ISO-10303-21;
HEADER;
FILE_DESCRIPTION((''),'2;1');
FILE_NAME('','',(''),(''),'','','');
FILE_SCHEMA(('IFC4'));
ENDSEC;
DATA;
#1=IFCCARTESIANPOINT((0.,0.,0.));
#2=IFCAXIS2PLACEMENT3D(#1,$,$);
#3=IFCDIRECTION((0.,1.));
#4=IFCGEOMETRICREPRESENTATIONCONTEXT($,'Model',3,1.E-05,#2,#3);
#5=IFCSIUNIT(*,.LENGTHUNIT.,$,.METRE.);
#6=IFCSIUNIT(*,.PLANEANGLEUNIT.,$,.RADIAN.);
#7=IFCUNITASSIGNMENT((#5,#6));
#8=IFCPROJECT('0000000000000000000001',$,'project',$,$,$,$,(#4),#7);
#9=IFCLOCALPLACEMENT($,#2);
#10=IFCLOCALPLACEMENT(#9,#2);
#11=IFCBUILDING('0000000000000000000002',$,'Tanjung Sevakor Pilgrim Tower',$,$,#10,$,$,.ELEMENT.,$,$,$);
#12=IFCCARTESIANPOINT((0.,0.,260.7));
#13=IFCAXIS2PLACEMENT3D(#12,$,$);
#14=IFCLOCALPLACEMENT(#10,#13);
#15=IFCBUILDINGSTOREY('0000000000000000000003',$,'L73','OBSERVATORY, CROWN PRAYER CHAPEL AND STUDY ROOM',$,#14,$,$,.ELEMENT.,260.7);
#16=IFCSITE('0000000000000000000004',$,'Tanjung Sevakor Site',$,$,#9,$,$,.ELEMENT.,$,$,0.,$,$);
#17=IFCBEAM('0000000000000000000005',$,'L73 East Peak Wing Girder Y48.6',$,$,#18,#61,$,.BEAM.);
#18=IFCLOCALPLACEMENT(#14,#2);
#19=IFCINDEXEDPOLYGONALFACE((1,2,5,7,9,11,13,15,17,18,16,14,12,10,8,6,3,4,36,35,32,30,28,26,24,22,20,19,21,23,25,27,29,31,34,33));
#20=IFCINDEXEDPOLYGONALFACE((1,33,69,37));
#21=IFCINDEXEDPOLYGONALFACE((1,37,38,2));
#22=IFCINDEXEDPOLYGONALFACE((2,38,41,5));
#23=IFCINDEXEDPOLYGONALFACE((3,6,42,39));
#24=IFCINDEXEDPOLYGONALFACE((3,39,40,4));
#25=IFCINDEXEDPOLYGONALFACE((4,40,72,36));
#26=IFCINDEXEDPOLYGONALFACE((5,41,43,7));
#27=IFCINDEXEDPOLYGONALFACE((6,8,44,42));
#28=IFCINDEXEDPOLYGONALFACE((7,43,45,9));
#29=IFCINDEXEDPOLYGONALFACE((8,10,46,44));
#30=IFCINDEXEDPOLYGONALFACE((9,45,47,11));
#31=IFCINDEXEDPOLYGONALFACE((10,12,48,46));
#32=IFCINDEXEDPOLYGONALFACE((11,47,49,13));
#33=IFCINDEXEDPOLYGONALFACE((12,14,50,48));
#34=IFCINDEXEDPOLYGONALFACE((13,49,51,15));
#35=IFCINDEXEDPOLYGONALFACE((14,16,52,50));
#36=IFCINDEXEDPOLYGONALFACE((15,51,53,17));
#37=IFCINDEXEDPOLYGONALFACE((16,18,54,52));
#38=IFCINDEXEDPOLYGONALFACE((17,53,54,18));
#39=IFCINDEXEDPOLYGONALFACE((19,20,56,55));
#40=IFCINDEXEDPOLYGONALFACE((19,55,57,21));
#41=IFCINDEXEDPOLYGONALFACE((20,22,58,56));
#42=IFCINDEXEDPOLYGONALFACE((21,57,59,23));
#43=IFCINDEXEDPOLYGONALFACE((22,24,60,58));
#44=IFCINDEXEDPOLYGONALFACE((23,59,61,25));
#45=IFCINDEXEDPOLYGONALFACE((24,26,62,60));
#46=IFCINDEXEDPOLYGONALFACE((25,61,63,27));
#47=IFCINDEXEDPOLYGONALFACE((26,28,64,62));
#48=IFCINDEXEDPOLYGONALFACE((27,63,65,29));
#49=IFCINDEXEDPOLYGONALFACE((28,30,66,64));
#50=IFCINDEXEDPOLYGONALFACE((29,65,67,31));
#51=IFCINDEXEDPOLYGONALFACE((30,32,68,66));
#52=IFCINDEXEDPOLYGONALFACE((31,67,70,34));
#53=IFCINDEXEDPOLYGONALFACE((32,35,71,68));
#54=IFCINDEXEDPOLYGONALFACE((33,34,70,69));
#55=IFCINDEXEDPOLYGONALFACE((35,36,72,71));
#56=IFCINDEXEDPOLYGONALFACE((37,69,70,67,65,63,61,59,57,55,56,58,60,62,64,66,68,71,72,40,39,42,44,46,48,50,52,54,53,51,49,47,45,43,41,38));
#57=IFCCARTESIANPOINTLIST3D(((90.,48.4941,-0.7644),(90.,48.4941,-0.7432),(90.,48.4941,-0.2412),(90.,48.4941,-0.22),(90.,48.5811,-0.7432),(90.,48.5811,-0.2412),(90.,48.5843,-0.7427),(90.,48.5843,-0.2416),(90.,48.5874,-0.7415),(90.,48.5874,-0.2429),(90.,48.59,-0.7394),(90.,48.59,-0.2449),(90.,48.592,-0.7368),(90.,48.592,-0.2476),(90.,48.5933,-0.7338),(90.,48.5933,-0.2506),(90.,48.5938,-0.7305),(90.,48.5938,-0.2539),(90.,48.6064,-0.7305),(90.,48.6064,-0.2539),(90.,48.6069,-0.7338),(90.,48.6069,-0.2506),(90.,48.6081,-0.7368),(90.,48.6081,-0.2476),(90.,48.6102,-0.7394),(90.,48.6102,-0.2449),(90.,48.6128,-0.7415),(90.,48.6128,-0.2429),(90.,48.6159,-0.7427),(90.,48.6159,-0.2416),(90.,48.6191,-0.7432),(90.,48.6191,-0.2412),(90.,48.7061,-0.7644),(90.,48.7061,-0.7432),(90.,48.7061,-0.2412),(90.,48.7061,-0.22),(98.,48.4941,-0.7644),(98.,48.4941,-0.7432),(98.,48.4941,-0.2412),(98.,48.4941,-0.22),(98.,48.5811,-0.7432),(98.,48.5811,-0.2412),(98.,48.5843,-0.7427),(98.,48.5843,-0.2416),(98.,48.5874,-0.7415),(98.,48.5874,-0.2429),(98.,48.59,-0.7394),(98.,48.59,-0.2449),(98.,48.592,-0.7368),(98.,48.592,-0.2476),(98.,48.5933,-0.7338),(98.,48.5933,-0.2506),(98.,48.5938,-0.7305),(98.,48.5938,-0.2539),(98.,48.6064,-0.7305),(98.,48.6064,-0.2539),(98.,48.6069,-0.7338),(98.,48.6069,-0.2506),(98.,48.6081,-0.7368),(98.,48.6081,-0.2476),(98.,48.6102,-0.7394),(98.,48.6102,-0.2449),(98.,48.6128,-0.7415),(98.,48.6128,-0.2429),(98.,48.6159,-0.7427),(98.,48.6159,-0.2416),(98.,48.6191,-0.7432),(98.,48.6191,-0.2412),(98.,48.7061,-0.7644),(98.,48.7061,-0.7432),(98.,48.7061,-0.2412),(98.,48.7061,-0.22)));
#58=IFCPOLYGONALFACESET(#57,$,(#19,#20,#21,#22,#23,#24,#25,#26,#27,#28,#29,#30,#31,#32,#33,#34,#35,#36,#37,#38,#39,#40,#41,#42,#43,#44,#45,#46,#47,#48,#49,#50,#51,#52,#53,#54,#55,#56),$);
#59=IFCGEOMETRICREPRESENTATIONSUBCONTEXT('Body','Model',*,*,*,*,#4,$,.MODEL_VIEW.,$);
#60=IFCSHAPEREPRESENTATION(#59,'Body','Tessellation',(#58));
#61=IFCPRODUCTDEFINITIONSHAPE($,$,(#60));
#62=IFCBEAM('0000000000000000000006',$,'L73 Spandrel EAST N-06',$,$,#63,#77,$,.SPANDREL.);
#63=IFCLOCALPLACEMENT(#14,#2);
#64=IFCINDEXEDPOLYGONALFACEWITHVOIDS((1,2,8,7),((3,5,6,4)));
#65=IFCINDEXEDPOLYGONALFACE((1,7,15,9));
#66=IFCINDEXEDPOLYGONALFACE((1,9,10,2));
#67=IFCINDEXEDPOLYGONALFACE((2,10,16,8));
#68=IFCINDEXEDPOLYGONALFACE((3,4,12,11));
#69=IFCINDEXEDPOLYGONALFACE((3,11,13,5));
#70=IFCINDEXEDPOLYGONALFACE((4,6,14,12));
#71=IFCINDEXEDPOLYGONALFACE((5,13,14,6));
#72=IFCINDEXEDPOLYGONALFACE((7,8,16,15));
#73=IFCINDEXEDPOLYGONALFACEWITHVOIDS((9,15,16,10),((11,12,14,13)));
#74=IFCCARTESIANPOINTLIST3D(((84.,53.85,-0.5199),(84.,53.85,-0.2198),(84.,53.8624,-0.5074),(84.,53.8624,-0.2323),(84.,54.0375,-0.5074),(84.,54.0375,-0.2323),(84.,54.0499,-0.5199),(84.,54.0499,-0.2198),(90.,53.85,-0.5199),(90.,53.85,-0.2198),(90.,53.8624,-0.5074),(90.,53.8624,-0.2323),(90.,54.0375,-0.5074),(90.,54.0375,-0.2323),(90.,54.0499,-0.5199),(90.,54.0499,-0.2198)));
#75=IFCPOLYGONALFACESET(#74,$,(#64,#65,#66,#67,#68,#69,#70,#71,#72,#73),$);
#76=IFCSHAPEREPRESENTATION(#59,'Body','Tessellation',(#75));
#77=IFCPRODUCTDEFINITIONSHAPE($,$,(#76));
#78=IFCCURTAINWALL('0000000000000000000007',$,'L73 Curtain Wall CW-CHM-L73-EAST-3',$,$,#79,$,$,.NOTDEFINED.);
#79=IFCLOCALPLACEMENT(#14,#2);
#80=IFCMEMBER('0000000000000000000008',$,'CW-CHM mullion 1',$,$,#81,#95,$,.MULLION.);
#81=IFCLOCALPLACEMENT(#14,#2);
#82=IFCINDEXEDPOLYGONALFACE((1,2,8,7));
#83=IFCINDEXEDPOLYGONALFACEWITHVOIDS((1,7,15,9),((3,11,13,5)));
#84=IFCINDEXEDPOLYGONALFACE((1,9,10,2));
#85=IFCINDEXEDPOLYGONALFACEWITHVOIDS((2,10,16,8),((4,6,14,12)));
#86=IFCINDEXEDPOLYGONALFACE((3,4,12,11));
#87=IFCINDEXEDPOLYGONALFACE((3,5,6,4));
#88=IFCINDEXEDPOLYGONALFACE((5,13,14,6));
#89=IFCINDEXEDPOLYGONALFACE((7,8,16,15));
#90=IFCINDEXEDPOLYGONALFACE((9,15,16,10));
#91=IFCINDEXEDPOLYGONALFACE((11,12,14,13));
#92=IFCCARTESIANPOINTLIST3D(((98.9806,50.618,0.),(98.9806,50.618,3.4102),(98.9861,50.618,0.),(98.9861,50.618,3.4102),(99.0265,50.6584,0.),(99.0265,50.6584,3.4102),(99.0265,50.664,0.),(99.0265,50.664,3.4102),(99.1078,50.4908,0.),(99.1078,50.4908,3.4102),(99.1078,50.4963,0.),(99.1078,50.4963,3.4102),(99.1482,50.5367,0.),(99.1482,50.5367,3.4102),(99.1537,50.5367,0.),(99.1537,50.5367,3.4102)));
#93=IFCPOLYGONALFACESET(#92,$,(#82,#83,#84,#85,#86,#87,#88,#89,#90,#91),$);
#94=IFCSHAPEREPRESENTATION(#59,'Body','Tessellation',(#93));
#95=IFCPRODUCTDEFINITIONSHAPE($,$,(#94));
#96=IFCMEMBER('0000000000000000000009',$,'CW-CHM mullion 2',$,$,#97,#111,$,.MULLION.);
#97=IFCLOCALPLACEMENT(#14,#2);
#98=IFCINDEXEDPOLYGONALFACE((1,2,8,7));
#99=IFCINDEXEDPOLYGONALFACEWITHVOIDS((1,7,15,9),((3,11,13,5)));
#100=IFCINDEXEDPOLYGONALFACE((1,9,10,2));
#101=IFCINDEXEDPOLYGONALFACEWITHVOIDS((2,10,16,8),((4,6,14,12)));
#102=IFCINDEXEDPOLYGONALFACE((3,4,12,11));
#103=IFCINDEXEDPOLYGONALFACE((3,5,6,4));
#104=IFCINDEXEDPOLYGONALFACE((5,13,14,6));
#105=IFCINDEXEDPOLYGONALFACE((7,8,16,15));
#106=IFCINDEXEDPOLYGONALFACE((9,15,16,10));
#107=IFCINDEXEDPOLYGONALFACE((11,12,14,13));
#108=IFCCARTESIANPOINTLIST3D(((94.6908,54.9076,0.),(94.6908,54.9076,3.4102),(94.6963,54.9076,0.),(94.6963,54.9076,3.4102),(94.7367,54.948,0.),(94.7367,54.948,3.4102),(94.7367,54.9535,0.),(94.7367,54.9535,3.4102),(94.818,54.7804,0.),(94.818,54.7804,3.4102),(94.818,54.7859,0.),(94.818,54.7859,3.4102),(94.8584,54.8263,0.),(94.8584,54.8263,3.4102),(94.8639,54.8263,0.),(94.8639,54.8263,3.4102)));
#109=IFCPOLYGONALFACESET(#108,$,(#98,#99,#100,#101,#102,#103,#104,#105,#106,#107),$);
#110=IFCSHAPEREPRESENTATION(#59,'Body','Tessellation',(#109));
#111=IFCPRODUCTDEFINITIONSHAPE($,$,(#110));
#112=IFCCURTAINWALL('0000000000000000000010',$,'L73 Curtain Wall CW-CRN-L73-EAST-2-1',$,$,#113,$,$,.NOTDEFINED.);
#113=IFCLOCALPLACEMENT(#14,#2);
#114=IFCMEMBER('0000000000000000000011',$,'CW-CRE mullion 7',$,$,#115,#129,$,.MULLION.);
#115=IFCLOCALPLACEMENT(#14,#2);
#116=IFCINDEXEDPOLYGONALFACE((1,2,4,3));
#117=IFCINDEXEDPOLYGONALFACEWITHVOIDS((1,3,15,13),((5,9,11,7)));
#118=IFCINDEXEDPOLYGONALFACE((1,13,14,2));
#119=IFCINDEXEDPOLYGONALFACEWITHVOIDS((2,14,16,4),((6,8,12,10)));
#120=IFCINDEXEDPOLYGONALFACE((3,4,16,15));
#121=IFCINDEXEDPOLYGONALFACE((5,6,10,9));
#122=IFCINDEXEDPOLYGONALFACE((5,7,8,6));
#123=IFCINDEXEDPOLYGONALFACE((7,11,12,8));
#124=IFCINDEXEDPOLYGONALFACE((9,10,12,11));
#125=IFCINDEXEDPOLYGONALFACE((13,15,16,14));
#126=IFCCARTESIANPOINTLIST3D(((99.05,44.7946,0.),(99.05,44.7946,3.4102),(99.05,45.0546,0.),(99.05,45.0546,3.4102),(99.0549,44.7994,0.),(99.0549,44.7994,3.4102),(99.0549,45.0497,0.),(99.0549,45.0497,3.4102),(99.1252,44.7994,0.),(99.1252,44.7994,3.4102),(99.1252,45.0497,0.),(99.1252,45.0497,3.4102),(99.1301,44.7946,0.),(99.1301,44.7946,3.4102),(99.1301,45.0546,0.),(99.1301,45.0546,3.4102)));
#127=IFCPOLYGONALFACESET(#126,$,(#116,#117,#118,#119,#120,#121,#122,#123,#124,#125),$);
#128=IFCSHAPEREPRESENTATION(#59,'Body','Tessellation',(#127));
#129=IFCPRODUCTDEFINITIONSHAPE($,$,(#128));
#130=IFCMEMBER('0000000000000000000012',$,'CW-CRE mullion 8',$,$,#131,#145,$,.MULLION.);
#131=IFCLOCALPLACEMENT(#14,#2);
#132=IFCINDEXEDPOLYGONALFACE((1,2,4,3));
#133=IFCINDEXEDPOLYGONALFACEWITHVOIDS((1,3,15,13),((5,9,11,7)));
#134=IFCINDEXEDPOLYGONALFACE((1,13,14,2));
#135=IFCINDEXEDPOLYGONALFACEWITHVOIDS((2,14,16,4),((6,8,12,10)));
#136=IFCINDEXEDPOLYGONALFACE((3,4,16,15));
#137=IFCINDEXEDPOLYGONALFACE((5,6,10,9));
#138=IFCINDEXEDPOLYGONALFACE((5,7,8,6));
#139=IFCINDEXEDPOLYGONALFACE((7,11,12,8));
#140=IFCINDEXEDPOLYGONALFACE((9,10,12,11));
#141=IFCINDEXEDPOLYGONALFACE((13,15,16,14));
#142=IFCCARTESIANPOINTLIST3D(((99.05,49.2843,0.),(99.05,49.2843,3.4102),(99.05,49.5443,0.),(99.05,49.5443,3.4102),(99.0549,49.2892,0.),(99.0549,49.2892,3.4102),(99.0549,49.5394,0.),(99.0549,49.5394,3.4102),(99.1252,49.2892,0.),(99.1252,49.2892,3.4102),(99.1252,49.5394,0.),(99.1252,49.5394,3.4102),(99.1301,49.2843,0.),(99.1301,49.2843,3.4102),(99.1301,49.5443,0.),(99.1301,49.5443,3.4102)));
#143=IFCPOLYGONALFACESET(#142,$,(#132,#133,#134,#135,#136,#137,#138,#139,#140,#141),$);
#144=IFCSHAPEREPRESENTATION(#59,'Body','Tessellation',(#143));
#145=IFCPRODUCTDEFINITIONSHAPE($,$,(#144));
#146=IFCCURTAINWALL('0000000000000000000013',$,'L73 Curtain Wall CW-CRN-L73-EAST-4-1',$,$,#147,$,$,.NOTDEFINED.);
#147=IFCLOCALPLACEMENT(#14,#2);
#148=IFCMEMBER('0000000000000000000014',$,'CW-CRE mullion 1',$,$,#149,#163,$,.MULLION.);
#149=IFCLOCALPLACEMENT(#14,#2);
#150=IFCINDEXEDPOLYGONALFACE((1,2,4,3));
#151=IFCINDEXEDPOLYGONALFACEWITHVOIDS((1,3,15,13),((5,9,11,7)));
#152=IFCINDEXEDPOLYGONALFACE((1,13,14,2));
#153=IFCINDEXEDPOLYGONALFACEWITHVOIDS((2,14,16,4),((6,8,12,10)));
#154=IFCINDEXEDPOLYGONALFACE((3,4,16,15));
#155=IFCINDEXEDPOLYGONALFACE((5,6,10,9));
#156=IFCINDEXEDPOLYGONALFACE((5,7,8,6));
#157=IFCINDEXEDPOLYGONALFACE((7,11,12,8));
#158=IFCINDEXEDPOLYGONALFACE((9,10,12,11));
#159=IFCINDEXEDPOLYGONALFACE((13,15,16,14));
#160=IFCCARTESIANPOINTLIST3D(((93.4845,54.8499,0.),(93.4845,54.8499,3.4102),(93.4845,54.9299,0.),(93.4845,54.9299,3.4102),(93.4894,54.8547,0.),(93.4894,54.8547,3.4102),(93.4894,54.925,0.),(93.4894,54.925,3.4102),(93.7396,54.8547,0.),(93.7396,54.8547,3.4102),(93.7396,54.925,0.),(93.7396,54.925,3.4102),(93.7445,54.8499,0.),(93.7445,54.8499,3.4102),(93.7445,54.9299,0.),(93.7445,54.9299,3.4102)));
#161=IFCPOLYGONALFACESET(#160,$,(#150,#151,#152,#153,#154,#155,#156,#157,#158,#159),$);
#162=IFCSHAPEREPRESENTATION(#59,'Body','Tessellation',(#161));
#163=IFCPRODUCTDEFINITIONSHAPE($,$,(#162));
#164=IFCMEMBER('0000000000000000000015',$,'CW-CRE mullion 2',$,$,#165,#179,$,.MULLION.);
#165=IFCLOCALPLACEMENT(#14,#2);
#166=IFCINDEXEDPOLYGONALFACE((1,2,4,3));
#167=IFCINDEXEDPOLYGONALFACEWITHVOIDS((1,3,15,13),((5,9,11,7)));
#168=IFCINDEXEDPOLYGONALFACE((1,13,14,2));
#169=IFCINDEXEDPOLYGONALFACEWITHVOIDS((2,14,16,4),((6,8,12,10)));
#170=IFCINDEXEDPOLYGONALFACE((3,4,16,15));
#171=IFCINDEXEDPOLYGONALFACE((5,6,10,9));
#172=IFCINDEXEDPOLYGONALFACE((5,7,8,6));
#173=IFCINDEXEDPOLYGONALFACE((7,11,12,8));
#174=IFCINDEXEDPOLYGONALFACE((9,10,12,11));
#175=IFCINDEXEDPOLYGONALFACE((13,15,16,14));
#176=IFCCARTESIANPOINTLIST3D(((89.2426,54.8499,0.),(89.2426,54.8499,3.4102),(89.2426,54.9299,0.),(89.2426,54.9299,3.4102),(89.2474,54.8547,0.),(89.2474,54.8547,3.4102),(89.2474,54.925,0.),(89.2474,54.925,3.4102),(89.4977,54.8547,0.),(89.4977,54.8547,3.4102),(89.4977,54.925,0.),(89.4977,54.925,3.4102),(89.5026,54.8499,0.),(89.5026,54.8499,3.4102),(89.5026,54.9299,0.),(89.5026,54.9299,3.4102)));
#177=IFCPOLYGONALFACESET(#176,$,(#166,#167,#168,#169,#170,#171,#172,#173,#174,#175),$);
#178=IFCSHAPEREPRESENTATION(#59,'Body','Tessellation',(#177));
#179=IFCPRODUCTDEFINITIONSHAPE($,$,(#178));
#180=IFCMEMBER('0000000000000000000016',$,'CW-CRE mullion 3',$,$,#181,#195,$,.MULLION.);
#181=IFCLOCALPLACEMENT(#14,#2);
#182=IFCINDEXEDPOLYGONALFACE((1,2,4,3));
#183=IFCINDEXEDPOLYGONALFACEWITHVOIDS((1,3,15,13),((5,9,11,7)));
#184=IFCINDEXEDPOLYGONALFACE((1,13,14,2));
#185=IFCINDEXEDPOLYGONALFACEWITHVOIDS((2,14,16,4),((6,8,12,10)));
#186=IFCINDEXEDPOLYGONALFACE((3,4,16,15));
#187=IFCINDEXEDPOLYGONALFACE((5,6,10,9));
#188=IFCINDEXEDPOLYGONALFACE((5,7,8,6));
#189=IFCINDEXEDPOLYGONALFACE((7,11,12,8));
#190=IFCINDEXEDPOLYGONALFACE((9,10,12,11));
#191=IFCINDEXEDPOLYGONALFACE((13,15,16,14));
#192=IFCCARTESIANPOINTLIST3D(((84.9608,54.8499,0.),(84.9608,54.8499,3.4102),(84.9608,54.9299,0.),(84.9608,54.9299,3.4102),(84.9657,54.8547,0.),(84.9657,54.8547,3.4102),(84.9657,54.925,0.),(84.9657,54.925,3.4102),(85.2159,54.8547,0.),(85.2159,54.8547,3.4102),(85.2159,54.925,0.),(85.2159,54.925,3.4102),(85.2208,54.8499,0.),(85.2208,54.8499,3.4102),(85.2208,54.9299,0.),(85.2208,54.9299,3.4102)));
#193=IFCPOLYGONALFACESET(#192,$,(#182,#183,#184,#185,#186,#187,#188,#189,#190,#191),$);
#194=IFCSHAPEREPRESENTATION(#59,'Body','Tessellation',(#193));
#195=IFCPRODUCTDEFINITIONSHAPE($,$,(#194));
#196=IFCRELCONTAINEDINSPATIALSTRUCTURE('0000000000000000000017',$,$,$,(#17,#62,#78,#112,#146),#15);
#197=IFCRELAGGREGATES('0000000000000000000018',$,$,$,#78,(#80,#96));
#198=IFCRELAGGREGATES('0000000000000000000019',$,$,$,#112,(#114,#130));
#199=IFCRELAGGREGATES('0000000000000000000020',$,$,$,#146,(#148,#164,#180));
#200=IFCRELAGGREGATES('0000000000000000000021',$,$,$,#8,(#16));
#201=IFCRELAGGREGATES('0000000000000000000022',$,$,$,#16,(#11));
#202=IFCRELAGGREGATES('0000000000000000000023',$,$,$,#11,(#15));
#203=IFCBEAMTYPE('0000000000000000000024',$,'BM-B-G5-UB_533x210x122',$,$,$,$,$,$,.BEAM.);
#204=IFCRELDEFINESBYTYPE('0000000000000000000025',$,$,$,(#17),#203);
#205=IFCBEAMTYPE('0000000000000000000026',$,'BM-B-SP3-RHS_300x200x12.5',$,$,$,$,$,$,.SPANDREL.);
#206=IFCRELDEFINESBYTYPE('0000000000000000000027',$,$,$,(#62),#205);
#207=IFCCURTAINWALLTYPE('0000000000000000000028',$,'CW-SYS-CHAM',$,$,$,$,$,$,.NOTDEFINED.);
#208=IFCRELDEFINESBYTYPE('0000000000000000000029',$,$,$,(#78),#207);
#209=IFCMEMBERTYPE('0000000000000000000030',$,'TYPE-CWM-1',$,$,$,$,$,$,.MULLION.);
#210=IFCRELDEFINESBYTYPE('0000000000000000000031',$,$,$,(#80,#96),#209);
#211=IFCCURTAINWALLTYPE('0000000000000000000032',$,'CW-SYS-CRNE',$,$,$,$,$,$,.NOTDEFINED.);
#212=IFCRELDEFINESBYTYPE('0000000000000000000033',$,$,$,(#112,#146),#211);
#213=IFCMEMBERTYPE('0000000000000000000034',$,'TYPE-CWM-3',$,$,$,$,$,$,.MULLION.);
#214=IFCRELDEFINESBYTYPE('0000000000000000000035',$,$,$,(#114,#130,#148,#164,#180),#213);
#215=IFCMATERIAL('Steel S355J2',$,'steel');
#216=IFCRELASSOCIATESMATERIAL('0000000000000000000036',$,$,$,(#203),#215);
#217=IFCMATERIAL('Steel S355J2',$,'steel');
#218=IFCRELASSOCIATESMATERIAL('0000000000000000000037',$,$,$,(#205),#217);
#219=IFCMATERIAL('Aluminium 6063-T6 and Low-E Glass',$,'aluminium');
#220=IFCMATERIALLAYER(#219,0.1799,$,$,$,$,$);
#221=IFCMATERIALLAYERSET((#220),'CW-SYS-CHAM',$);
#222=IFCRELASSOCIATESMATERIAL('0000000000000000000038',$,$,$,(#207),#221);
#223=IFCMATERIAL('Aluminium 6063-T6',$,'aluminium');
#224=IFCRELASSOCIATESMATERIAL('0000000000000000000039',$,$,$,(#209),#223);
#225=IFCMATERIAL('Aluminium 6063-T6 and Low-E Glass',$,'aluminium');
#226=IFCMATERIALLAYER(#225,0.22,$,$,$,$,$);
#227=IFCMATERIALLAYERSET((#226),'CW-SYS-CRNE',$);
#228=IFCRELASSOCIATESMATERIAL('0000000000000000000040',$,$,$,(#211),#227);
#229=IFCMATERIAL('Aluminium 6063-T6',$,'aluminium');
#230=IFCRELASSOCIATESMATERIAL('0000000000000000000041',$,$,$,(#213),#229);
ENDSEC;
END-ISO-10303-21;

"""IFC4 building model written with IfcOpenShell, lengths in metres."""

from ifc_helpers import new_model, si_unit, direction, frame, origin, origin_2d, place, context, subcontext, project, spatial, hollow_rectangle, i_section, extrude, material, layer, layer_set, material_profile, profile_set, type_object, element, aggregate, save


model = new_model("IFC4")

# Units and contexts
model_context = context("Model", 3, precision=1e-05, world=origin(), true_north=direction((0.0, 1.0)))
body_context = subcontext(model_context, "Body", "Model", "MODEL_VIEW")
ifc_project = project(units=[si_unit("LENGTHUNIT", "METRE"), si_unit("PLANEANGLEUNIT", "RADIAN")], contexts=[model_context])

# Site, building, storey
site_placement = place(None, origin())
site = spatial("IfcSite", under=ifc_project, at=site_placement, Name="Tanjung Sevakor Site", CompositionType="ELEMENT", RefElevation=0.0)
building_placement = place(site_placement, origin())
building = spatial("IfcBuilding", under=site, at=building_placement, Name="Tanjung Sevakor Pilgrim Tower", CompositionType="ELEMENT")
storey_placement = place(building_placement, frame((0.0, 0.0, 260.7)))
storey = spatial("IfcBuildingStorey", under=building, at=storey_placement, Name="L73", Description="OBSERVATORY, CROWN PRAYER CHAPEL AND STUDY ROOM", CompositionType="ELEMENT", Elevation=260.7)

# Beams
ifc_material_1 = material(Name="Steel S355J2", Category="steel")
ifc_material_profile_1 = material_profile(ifc_material_1, i_section(OverallWidth=0.2119, OverallDepth=0.5444, WebThickness=0.0127, FlangeThickness=0.0212, FilletRadius=0.0127, at=origin_2d()))
ifc_profile_set_1 = profile_set([ifc_material_profile_1], Name="Steel S355J2")
beam_type_1 = type_object("IfcBeamType", Name="BM-B-G5-UB_533x210x122", PredefinedType="BEAM", material=ifc_profile_set_1)
beam_1_placement = place(storey_placement, frame((90.0, 48.6001, -0.4922), z_axis=(1.0, 0.0, 0.0), x_axis=(0.0, 1.0, 0.0)))
element("IfcBeam", 1, at=beam_1_placement, inside=storey, type_object=beam_type_1, Name="L73 East Peak Wing Girder Y48.6", PredefinedType="BEAM", context=body_context, shape_type="SweptSolid", body=[
    extrude(i_section(OverallWidth=0.2119, OverallDepth=0.5444, WebThickness=0.0127, FlangeThickness=0.0212, FilletRadius=0.0127, at=origin_2d()), origin(), (0.0, 0.0, 1.0), 8.0),
])
ifc_material_2 = material(Name="Steel S355J2", Category="steel")
ifc_material_profile_2 = material_profile(ifc_material_2, hollow_rectangle(XDim=0.2, YDim=0.3, WallThickness=0.0125, at=origin_2d()))
ifc_profile_set_2 = profile_set([ifc_material_profile_2], Name="Steel S355J2")
beam_type_2 = type_object("IfcBeamType", Name="BM-B-SP3-RHS_300x200x12.5", PredefinedType="SPANDREL", material=ifc_profile_set_2)
beam_2_placement = place(storey_placement, frame((84.0, 53.95, -0.3699), z_axis=(1.0, 0.0, 0.0), x_axis=(0.0, 1.0, 0.0)))
element("IfcBeam", 2, at=beam_2_placement, inside=storey, type_object=beam_type_2, Name="L73 Spandrel EAST N-06", PredefinedType="SPANDREL", context=body_context, shape_type="SweptSolid", body=[
    extrude(hollow_rectangle(XDim=0.2, YDim=0.3, WallThickness=0.0125, at=origin_2d()), origin(), (0.0, 0.0, 1.0), 6.0),
])

# Curtain walls, members
ifc_material_3 = material(Name="Aluminium 6063-T6 and Low-E Glass", Category="aluminium")
ifc_layer_1 = layer(ifc_material_3, 0.1799)
ifc_layer_set_1 = layer_set([ifc_layer_1], Name="CW-SYS-CHAM")
curtain_wall_type_1 = type_object("IfcCurtainWallType", Name="CW-SYS-CHAM", PredefinedType="NOTDEFINED", material=ifc_layer_set_1)
curtain_wall_1_placement = place(storey_placement, origin())
curtain_wall_1 = element("IfcCurtainWall", 3, at=curtain_wall_1_placement, inside=storey, type_object=curtain_wall_type_1, Name="L73 Curtain Wall CW-CHM-L73-EAST-3", PredefinedType="NOTDEFINED")
ifc_material_4 = material(Name="Aluminium 6063-T6", Category="aluminium")
ifc_material_profile_3 = material_profile(ifc_material_4, hollow_rectangle(XDim=0.0649, YDim=0.1799, WallThickness=0.0039, at=origin_2d()))
ifc_profile_set_3 = profile_set([ifc_material_profile_3], Name="Aluminium 6063-T6")
member_type_1 = type_object("IfcMemberType", Name="TYPE-CWM-1", PredefinedType="MULLION", material=ifc_profile_set_3)
member_1_placement = place(storey_placement, frame((99.0671, 50.5774, 0.0), z_axis=(0.0, 0.0, 1.0), x_axis=(-0.707107, -0.707107, 0.0)))
member_1 = element("IfcMember", 4, at=member_1_placement, type_object=member_type_1, Name="CW-CHM mullion 1", PredefinedType="MULLION", context=body_context, shape_type="SweptSolid", body=[
    extrude(hollow_rectangle(XDim=0.0649, YDim=0.1799, WallThickness=0.0039, at=origin_2d()), origin(), (0.0, 0.0, 1.0), 3.4102),
])
member_2_placement = place(storey_placement, frame((94.7773, 54.8669, 0.0), z_axis=(0.0, 0.0, 1.0), x_axis=(-0.707107, -0.707107, 0.0)))
member_2 = element("IfcMember", 5, at=member_2_placement, type_object=member_type_1, Name="CW-CHM mullion 2", PredefinedType="MULLION", context=body_context, shape_type="SweptSolid", body=[
    extrude(hollow_rectangle(XDim=0.0649, YDim=0.1799, WallThickness=0.0039, at=origin_2d()), origin(), (0.0, 0.0, 1.0), 3.4102),
])
ifc_material_5 = material(Name="Aluminium 6063-T6 and Low-E Glass", Category="aluminium")
ifc_layer_2 = layer(ifc_material_5, 0.22)
ifc_layer_set_2 = layer_set([ifc_layer_2], Name="CW-SYS-CRNE")
curtain_wall_type_2 = type_object("IfcCurtainWallType", Name="CW-SYS-CRNE", PredefinedType="NOTDEFINED", material=ifc_layer_set_2)
curtain_wall_2_placement = place(storey_placement, origin())
curtain_wall_2 = element("IfcCurtainWall", 6, at=curtain_wall_2_placement, inside=storey, type_object=curtain_wall_type_2, Name="L73 Curtain Wall CW-CRN-L73-EAST-2-1", PredefinedType="NOTDEFINED")
ifc_material_6 = material(Name="Aluminium 6063-T6", Category="aluminium")
ifc_material_profile_4 = material_profile(ifc_material_6, hollow_rectangle(XDim=0.0801, YDim=0.26, WallThickness=0.0049, at=origin_2d()))
ifc_profile_set_4 = profile_set([ifc_material_profile_4], Name="Aluminium 6063-T6")
member_type_2 = type_object("IfcMemberType", Name="TYPE-CWM-3", PredefinedType="MULLION", material=ifc_profile_set_4)
member_3_placement = place(storey_placement, frame((99.0901, 44.9246, 0.0), z_axis=(0.0, 0.0, 1.0), x_axis=(-1.0, 0.0, 0.0)))
member_3 = element("IfcMember", 7, at=member_3_placement, type_object=member_type_2, Name="CW-CRE mullion 7", PredefinedType="MULLION", context=body_context, shape_type="SweptSolid", body=[
    extrude(hollow_rectangle(XDim=0.0801, YDim=0.26, WallThickness=0.0049, at=origin_2d()), origin(), (0.0, 0.0, 1.0), 3.4102),
])
member_4_placement = place(storey_placement, frame((99.0901, 49.4143, 0.0), z_axis=(0.0, 0.0, 1.0), x_axis=(-1.0, 0.0, 0.0)))
member_4 = element("IfcMember", 8, at=member_4_placement, type_object=member_type_2, Name="CW-CRE mullion 8", PredefinedType="MULLION", context=body_context, shape_type="SweptSolid", body=[
    extrude(hollow_rectangle(XDim=0.0801, YDim=0.26, WallThickness=0.0049, at=origin_2d()), origin(), (0.0, 0.0, 1.0), 3.4102),
])
curtain_wall_3_placement = place(storey_placement, origin())
curtain_wall_3 = element("IfcCurtainWall", 9, at=curtain_wall_3_placement, inside=storey, type_object=curtain_wall_type_2, Name="L73 Curtain Wall CW-CRN-L73-EAST-4-1", PredefinedType="NOTDEFINED")
member_5_placement = place(storey_placement, frame((93.6145, 54.8899, 0.0), z_axis=(0.0, 0.0, 1.0), x_axis=(0.0, -1.0, 0.0)))
member_5 = element("IfcMember", 10, at=member_5_placement, type_object=member_type_2, Name="CW-CRE mullion 1", PredefinedType="MULLION", context=body_context, shape_type="SweptSolid", body=[
    extrude(hollow_rectangle(XDim=0.0801, YDim=0.26, WallThickness=0.0049, at=origin_2d()), origin(), (0.0, 0.0, 1.0), 3.4102),
])
member_6_placement = place(storey_placement, frame((89.3726, 54.8899, 0.0), z_axis=(0.0, 0.0, 1.0), x_axis=(0.0, -1.0, 0.0)))
member_6 = element("IfcMember", 11, at=member_6_placement, type_object=member_type_2, Name="CW-CRE mullion 2", PredefinedType="MULLION", context=body_context, shape_type="SweptSolid", body=[
    extrude(hollow_rectangle(XDim=0.0801, YDim=0.26, WallThickness=0.0049, at=origin_2d()), origin(), (0.0, 0.0, 1.0), 3.4102),
])
member_7_placement = place(storey_placement, frame((85.0908, 54.8899, 0.0), z_axis=(0.0, 0.0, 1.0), x_axis=(0.0, -1.0, 0.0)))
member_7 = element("IfcMember", 12, at=member_7_placement, type_object=member_type_2, Name="CW-CRE mullion 3", PredefinedType="MULLION", context=body_context, shape_type="SweptSolid", body=[
    extrude(hollow_rectangle(XDim=0.0801, YDim=0.26, WallThickness=0.0049, at=origin_2d()), origin(), (0.0, 0.0, 1.0), 3.4102),
])

aggregate(curtain_wall_1, [member_1, member_2])
aggregate(curtain_wall_2, [member_3, member_4])
aggregate(curtain_wall_3, [member_5, member_6, member_7])

save(model, "model.ifc")
